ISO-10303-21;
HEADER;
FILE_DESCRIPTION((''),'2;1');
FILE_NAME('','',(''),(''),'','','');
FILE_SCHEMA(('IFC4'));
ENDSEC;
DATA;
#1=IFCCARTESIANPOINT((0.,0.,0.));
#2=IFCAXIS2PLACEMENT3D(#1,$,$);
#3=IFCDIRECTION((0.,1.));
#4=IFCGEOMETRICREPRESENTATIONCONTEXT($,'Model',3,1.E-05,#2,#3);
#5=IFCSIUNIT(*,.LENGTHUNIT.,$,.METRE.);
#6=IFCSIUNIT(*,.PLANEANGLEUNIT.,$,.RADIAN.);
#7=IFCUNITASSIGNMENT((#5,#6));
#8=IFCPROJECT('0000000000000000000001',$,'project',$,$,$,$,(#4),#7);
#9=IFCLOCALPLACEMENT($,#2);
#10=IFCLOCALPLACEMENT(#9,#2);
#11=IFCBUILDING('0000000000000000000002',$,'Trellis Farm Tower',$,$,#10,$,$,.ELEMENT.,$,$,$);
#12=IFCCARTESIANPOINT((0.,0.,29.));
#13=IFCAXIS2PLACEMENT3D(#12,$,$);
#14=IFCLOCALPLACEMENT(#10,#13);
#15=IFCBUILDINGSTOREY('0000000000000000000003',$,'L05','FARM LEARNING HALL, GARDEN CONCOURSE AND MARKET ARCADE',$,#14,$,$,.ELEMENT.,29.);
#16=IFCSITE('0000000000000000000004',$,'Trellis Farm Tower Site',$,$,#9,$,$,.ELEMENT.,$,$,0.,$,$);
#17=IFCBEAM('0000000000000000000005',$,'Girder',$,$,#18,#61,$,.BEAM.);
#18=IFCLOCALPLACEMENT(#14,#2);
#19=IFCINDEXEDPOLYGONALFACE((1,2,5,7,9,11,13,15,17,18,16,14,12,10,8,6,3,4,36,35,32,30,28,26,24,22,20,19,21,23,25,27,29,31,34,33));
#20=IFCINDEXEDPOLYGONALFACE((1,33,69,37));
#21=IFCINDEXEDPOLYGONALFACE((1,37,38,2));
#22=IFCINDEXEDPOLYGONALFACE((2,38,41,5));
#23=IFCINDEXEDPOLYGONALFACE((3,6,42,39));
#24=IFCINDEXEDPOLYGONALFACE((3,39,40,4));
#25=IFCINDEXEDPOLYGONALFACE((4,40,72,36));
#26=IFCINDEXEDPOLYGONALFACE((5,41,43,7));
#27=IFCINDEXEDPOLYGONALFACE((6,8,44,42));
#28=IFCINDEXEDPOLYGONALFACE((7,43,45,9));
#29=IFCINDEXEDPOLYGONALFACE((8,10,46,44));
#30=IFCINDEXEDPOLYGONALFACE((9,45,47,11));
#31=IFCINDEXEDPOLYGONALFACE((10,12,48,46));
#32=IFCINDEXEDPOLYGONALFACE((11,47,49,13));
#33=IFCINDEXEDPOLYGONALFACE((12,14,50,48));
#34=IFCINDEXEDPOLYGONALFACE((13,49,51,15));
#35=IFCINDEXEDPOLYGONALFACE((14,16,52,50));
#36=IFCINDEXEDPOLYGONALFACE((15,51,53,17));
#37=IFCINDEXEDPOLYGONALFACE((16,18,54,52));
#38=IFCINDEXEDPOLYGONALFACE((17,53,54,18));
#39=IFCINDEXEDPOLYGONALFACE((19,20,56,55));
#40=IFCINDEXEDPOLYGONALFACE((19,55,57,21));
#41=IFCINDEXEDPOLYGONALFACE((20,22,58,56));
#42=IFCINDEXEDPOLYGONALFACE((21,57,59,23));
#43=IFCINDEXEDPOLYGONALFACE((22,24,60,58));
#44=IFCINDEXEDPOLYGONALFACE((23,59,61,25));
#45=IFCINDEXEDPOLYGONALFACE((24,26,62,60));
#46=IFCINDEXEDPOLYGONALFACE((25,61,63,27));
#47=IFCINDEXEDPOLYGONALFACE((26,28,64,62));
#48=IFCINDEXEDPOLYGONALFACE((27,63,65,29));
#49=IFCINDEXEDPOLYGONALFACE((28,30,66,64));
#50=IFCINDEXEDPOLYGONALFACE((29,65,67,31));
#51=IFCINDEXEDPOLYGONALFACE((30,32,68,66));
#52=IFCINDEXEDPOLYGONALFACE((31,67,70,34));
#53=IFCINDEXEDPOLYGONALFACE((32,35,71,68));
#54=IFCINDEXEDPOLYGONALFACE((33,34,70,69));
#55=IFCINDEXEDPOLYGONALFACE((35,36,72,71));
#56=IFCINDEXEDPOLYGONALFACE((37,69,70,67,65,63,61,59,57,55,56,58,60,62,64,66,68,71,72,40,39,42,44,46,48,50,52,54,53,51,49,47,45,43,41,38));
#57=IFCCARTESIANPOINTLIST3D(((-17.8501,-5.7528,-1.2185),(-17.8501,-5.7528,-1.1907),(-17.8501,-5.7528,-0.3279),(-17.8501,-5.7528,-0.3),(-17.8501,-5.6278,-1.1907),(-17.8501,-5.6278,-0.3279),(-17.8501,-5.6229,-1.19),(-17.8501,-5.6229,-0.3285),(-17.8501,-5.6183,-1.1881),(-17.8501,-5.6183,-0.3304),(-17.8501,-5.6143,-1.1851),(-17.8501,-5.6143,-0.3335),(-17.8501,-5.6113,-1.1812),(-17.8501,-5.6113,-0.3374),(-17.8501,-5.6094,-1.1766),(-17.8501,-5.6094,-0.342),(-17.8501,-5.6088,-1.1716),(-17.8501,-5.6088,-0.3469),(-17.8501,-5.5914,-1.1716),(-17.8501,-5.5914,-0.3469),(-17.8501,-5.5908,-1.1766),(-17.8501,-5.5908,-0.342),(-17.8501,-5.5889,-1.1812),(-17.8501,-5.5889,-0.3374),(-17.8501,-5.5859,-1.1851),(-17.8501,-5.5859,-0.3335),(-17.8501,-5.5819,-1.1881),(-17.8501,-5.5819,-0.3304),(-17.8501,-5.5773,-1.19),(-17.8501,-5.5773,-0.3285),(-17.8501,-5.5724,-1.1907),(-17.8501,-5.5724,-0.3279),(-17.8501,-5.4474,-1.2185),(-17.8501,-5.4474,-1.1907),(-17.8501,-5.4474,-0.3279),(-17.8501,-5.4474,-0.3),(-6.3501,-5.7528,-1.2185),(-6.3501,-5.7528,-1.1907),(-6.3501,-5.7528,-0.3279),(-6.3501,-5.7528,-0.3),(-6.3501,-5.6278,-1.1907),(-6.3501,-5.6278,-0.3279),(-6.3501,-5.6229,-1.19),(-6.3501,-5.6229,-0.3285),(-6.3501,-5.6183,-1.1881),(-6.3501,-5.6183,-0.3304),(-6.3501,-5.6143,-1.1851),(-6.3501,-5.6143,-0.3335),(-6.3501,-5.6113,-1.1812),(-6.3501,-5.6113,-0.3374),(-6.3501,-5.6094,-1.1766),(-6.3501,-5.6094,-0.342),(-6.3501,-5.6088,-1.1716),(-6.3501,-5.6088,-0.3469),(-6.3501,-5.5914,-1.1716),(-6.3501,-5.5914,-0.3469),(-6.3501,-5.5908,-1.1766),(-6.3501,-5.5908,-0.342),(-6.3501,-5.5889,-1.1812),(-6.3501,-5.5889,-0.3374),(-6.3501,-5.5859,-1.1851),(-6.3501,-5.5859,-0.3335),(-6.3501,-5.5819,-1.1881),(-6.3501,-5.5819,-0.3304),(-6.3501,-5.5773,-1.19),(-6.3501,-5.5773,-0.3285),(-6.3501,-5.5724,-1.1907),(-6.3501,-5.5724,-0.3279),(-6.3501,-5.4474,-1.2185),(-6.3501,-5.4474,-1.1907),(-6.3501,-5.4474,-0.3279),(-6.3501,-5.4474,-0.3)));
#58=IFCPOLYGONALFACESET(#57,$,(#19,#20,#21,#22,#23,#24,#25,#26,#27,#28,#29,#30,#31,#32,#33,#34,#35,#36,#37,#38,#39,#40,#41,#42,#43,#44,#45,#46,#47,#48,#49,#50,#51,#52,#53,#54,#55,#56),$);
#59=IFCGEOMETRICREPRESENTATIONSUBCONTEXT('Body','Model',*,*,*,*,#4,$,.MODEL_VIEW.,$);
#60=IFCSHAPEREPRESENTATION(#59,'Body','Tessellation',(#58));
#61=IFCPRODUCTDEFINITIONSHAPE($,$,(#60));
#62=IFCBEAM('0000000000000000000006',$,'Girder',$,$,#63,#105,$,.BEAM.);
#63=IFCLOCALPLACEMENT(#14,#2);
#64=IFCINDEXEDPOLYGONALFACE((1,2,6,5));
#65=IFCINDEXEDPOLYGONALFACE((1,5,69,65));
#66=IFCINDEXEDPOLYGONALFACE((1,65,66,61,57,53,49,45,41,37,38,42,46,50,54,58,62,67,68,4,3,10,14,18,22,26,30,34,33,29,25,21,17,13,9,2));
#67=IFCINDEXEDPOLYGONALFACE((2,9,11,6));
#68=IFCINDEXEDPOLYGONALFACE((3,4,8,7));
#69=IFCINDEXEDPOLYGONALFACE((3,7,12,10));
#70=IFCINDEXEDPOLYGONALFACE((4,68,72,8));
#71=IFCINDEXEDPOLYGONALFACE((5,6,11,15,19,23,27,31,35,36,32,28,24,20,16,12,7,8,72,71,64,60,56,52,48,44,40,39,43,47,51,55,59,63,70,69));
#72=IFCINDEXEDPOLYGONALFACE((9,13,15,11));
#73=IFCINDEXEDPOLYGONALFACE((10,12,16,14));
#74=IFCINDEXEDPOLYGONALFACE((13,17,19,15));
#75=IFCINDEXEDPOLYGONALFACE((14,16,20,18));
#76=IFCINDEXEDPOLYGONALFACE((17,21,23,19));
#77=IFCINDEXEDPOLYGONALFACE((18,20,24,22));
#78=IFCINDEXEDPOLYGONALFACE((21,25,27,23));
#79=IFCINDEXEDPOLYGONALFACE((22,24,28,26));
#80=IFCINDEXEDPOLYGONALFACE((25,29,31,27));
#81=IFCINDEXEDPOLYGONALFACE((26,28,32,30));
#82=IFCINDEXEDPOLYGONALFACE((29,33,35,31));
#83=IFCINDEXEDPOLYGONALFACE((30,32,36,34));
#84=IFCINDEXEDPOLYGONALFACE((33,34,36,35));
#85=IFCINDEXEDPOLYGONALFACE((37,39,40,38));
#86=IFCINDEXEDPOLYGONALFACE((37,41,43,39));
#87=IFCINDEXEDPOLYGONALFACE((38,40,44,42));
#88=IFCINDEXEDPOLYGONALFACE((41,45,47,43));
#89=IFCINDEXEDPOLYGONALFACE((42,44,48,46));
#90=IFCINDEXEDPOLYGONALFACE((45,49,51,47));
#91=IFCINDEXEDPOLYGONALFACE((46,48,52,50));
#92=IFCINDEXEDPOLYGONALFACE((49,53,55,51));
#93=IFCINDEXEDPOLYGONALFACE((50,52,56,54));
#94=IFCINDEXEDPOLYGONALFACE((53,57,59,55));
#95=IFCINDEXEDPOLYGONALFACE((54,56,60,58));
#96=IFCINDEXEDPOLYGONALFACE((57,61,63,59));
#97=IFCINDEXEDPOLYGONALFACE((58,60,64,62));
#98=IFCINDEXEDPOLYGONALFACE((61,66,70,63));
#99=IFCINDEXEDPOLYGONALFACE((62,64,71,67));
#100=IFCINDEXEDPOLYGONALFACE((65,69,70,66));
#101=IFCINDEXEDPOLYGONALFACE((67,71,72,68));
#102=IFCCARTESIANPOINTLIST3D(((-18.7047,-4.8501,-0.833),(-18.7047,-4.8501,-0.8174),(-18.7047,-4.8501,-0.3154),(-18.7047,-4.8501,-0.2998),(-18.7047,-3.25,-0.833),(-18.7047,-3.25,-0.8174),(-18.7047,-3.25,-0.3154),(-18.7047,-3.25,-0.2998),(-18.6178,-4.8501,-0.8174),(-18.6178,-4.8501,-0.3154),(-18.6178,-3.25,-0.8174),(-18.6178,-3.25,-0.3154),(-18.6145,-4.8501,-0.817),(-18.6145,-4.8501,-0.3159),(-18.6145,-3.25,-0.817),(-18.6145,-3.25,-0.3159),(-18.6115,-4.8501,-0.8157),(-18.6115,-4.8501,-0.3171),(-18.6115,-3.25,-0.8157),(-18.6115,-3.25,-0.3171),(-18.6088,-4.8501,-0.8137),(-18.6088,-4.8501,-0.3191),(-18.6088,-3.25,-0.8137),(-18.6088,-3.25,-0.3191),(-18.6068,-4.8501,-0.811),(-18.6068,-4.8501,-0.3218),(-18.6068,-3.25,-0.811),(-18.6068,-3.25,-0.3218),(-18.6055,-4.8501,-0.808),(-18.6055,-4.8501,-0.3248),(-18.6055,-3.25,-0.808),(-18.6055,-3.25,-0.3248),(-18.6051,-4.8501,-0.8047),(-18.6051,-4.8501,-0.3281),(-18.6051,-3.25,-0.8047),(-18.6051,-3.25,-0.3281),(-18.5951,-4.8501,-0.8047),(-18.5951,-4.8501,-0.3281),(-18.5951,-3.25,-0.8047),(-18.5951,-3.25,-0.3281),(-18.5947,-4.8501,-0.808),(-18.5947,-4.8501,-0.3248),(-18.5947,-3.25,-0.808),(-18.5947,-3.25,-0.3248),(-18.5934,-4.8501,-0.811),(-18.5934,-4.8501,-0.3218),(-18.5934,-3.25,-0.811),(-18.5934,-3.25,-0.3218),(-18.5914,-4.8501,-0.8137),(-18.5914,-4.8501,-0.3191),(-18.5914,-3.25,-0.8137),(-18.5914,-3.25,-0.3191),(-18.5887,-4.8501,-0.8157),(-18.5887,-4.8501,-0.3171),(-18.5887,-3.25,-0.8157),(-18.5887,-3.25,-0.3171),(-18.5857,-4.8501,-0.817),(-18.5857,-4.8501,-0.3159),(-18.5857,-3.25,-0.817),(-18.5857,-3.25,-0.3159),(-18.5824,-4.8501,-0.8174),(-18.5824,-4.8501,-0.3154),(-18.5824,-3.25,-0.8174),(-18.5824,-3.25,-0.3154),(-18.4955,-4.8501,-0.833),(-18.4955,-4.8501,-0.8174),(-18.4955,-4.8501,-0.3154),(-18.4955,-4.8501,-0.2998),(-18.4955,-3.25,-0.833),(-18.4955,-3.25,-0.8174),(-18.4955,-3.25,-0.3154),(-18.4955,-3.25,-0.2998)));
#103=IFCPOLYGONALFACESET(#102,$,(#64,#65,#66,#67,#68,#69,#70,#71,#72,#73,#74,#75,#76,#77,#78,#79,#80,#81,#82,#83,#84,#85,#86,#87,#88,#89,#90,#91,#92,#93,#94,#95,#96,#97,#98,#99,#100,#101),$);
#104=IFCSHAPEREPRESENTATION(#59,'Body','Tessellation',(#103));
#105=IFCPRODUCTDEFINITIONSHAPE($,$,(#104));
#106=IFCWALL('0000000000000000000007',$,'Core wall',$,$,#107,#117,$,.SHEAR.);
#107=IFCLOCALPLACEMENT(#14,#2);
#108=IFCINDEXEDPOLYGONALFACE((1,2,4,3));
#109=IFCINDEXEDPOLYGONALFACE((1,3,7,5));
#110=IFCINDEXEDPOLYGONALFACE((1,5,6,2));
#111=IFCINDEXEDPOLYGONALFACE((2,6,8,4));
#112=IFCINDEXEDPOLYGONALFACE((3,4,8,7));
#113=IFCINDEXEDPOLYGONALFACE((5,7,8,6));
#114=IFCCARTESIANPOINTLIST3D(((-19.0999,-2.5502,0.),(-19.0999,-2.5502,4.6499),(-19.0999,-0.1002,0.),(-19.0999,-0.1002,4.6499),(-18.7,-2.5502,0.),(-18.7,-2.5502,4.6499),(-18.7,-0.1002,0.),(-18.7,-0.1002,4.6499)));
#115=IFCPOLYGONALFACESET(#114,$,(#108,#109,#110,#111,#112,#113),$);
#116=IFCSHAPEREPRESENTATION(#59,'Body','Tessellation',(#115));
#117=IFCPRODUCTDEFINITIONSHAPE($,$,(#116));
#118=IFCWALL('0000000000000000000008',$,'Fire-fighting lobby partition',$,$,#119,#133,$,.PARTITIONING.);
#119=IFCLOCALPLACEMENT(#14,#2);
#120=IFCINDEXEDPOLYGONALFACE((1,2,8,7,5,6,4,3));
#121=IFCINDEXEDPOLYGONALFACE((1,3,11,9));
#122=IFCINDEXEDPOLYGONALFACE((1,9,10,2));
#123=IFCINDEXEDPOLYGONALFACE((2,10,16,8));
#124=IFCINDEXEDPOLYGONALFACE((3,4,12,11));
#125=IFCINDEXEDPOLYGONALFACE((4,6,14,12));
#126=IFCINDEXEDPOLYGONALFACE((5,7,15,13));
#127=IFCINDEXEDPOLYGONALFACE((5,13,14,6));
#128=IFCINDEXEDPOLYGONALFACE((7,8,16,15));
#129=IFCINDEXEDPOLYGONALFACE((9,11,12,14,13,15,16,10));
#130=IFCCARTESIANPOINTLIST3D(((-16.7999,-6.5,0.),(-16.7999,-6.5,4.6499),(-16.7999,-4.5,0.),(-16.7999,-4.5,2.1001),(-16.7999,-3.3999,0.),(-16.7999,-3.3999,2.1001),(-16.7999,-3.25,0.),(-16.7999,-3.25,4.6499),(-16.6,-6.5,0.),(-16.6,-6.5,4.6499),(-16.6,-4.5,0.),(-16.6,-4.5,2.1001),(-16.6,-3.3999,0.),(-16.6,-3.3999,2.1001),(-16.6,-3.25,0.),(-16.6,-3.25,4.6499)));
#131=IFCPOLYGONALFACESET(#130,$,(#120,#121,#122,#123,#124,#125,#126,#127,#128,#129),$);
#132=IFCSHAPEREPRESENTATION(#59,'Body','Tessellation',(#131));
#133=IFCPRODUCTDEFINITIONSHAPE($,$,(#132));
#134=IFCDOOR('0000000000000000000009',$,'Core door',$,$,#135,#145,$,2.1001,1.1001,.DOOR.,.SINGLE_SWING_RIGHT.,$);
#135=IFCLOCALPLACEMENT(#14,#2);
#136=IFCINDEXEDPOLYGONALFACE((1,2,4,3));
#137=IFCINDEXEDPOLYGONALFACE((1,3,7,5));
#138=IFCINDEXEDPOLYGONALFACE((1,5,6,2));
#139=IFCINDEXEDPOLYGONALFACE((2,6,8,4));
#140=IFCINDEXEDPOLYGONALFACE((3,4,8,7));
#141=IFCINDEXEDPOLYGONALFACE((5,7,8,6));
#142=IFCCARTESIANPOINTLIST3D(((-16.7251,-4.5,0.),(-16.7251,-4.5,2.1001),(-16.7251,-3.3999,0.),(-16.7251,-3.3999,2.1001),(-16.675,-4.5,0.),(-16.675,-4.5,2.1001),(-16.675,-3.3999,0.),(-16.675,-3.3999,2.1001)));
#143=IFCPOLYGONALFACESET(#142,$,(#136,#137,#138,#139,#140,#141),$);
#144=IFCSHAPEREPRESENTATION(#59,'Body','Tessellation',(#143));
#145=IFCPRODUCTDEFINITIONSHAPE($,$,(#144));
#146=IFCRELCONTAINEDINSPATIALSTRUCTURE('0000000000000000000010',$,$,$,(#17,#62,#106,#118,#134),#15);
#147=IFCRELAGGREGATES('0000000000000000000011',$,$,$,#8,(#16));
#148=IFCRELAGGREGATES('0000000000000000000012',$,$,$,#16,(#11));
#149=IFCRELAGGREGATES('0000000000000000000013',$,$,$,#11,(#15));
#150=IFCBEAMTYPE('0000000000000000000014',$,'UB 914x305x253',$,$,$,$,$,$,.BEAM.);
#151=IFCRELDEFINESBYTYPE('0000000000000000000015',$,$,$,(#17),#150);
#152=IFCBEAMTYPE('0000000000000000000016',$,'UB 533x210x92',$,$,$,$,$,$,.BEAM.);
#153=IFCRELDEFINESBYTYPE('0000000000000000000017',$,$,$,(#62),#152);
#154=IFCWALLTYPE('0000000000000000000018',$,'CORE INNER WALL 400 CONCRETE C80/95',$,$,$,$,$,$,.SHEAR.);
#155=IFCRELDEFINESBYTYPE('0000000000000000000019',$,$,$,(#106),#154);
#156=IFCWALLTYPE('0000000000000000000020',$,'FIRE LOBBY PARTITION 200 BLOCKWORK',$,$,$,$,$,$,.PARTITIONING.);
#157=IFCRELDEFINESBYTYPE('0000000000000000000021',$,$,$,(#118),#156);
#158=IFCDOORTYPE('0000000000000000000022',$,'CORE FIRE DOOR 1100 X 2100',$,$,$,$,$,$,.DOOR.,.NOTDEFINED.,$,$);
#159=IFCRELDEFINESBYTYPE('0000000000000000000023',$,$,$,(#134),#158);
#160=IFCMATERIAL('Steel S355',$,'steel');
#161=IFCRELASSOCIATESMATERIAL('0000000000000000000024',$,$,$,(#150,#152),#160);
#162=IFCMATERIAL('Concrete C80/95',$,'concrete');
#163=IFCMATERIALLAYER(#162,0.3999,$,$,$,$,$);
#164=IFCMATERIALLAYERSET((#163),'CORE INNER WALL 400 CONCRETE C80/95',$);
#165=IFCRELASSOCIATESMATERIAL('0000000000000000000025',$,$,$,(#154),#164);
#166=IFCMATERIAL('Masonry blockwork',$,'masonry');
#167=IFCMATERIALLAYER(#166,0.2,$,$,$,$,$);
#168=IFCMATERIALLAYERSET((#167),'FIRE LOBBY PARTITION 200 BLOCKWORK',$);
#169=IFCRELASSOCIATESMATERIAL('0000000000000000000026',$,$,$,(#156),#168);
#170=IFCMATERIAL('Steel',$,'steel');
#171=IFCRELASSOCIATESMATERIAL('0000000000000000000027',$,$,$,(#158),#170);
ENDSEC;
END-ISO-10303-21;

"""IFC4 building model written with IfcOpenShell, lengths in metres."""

from ifc_helpers import new_model, si_unit, direction, frame, frame_2d, origin, origin_2d, place, context, subcontext, project, spatial, rectangle, i_section, extrude, source, transform, mapped, material, layer, layer_set, material_profile, profile_set, type_object, element, fill, save


model = new_model("IFC4")

# Units and contexts
model_context = context("Model", 3, precision=1e-05, world=origin(), true_north=direction((0.0, 1.0)))
body_context = subcontext(model_context, "Body", "Model", "MODEL_VIEW")
ifc_project = project(units=[si_unit("LENGTHUNIT", "METRE"), si_unit("PLANEANGLEUNIT", "RADIAN")], contexts=[model_context])

# Site, building, storey
site_placement = place(None, origin())
site = spatial("IfcSite", under=ifc_project, at=site_placement, Name="Trellis Farm Tower Site", CompositionType="ELEMENT", RefElevation=0.0)
building_placement = place(site_placement, origin())
building = spatial("IfcBuilding", under=site, at=building_placement, Name="Trellis Farm Tower", CompositionType="ELEMENT")
storey_placement = place(building_placement, frame((0.0, 0.0, 29.0)))
storey = spatial("IfcBuildingStorey", under=building, at=storey_placement, Name="L05", Description="FARM LEARNING HALL, GARDEN CONCOURSE AND MARKET ARCADE", CompositionType="ELEMENT", Elevation=29.0)

# Shared definitions
ifc_material_1 = material(Name="Concrete C80/95", Category="concrete")

# Beams
ifc_material_2 = material(Name="Steel S355", Category="steel")
ifc_material_profile_1 = material_profile(ifc_material_2, i_section(OverallWidth=0.3054, OverallDepth=0.9185, WebThickness=0.0173, FlangeThickness=0.0278, FilletRadius=0.019, at=origin_2d()), Name="UB 914x305x253")
ifc_profile_set_1 = profile_set([ifc_material_profile_1], Name="Steel S355")
beam_type_1 = type_object("IfcBeamType", Name="UB 914x305x253", PredefinedType="BEAM", material=ifc_profile_set_1)
shared_shape_1 = source(origin(), body_context, "Body", "SweptSolid", [
    extrude(i_section(OverallWidth=0.3054, OverallDepth=0.9185, WebThickness=0.0173, FlangeThickness=0.0278, FilletRadius=0.019, at=origin_2d()), origin(), (0.0, 0.0, 1.0), 11.5),
])
beam_1_placement = place(storey_placement, frame((-17.8501, -5.6001, -0.7593), z_axis=(1.0, 0.0, 0.0), x_axis=(0.0, 1.0, 0.0)))
element("IfcBeam", 1, at=beam_1_placement, inside=storey, type_object=beam_type_1, Name="Girder", PredefinedType="BEAM", context=body_context, shape_type="MappedRepresentation", body=[
    mapped(shared_shape_1, transform((0.0, 0.0, 0.0))),
])
ifc_material_profile_2 = material_profile(ifc_material_2, i_section(OverallWidth=0.2092, OverallDepth=0.5332, WebThickness=0.01, FlangeThickness=0.0156, FilletRadius=0.0127, at=origin_2d()), Name="UB 533x210x92")
ifc_profile_set_2 = profile_set([ifc_material_profile_2], Name="Steel S355")
beam_type_2 = type_object("IfcBeamType", Name="UB 533x210x92", PredefinedType="BEAM", material=ifc_profile_set_2)
shared_shape_2 = source(origin(), body_context, "Body", "SweptSolid", [
    extrude(i_section(OverallWidth=0.2092, OverallDepth=0.5332, WebThickness=0.01, FlangeThickness=0.0156, FilletRadius=0.0127, at=origin_2d()), origin(), (0.0, 0.0, 1.0), 1.6001),
])
beam_2_placement = place(storey_placement, frame((-18.6001, -4.8501, -0.5664), z_axis=(0.0, 1.0, 0.0), x_axis=(-1.0, 0.0, 0.0)))
element("IfcBeam", 2, at=beam_2_placement, inside=storey, type_object=beam_type_2, Name="Girder", PredefinedType="BEAM", context=body_context, shape_type="MappedRepresentation", body=[
    mapped(shared_shape_2, transform((0.0, 0.0, 0.0))),
])

# Wall
ifc_layer_1 = layer(ifc_material_1, 0.3999)
ifc_layer_set_1 = layer_set([ifc_layer_1], Name="CORE INNER WALL 400 CONCRETE C80/95")
wall_type_1 = type_object("IfcWallType", Name="CORE INNER WALL 400 CONCRETE C80/95", PredefinedType="SHEAR", material=ifc_layer_set_1)
shared_shape_3 = source(origin(), body_context, "Body", "SweptSolid", [
    extrude(rectangle(XDim=2.45, YDim=0.3999, at=frame_2d((1.2251, 0.0))), origin(), (0.0, 0.0, 1.0), 4.6499),
])
wall_1_placement = place(storey_placement, frame((-18.8999, -0.1001, 0.0), z_axis=(0.0, 0.0, 1.0), x_axis=(0.0, -1.0, 0.0)))
element("IfcWall", 3, at=wall_1_placement, inside=storey, type_object=wall_type_1, Name="Core wall", PredefinedType="SHEAR", context=body_context, shape_type="MappedRepresentation", body=[
    mapped(shared_shape_3, transform((0.0, 0.0, 0.0))),
])

# Wall, opening, door
ifc_material_3 = material(Name="Masonry blockwork", Category="masonry")
ifc_layer_2 = layer(ifc_material_3, 0.2)
ifc_layer_set_2 = layer_set([ifc_layer_2], Name="FIRE LOBBY PARTITION 200 BLOCKWORK")
wall_type_2 = type_object("IfcWallType", Name="FIRE LOBBY PARTITION 200 BLOCKWORK", PredefinedType="PARTITIONING", material=ifc_layer_set_2)
shared_shape_4 = source(origin(), body_context, "Body", "SweptSolid", [
    extrude(rectangle(XDim=3.25, YDim=0.2, at=frame_2d((1.625, 0.0))), origin(), (0.0, 0.0, 1.0), 4.6499),
])
wall_2_placement = place(storey_placement, frame((-16.7, -3.25, 0.0), z_axis=(0.0, 0.0, 1.0), x_axis=(0.0, -1.0, 0.0)))
wall_2 = element("IfcWall", 4, at=wall_2_placement, inside=storey, type_object=wall_type_2, Name="Fire-fighting lobby partition", PredefinedType="PARTITIONING", context=body_context, shape_type="MappedRepresentation", body=[
    mapped(shared_shape_4, transform((0.0, 0.0, 0.0))),
])
shared_shape_5 = source(origin(), body_context, "Body", "SweptSolid", [
    extrude(rectangle(XDim=1.1001, YDim=2.1001, at=frame_2d((0.55, 1.05))), frame((0.0, 0.1101, 0.0), z_axis=(0.0, -1.0, 0.0), x_axis=(1.0, 0.0, 0.0)), (0.0, 0.0, 1.0), 0.2202),
])
opening_1_placement = place(wall_2_placement, frame((0.1499, 0.0, 0.0)))
opening_1 = element("IfcOpeningElement", 5, at=opening_1_placement, cuts=wall_2, PredefinedType="OPENING", context=body_context, shape_type="MappedRepresentation", body=[
    mapped(shared_shape_5, transform((0.0, 0.0, 0.0))),
])
ifc_material_4 = material(Name="Steel", Category="steel")
door_type_1 = type_object("IfcDoorType", Name="CORE FIRE DOOR 1100 X 2100", OperationType="NOTDEFINED", PredefinedType="DOOR", material=ifc_material_4)
shared_shape_6 = source(origin(), body_context, "Body", "SweptSolid", [
    extrude(rectangle(XDim=1.1001, YDim=2.1001, at=frame_2d((0.55, 1.05))), frame((0.0, 0.0249, 0.0), z_axis=(0.0, -1.0, 0.0), x_axis=(1.0, 0.0, 0.0)), (0.0, 0.0, 1.0), 0.05),
])
door_1_placement = place(opening_1_placement, origin())
door_1 = element("IfcDoor", 6, at=door_1_placement, inside=storey, type_object=door_type_1, Name="Core door", OperationType="SINGLE_SWING_RIGHT", OverallHeight=2.1001, OverallWidth=1.1001, PredefinedType="DOOR", context=body_context, shape_type="MappedRepresentation", body=[
    mapped(shared_shape_6, transform((0.0, 0.0, 0.0))),
])
fill(opening_1, door_1)

save(model, "model.ifc")
